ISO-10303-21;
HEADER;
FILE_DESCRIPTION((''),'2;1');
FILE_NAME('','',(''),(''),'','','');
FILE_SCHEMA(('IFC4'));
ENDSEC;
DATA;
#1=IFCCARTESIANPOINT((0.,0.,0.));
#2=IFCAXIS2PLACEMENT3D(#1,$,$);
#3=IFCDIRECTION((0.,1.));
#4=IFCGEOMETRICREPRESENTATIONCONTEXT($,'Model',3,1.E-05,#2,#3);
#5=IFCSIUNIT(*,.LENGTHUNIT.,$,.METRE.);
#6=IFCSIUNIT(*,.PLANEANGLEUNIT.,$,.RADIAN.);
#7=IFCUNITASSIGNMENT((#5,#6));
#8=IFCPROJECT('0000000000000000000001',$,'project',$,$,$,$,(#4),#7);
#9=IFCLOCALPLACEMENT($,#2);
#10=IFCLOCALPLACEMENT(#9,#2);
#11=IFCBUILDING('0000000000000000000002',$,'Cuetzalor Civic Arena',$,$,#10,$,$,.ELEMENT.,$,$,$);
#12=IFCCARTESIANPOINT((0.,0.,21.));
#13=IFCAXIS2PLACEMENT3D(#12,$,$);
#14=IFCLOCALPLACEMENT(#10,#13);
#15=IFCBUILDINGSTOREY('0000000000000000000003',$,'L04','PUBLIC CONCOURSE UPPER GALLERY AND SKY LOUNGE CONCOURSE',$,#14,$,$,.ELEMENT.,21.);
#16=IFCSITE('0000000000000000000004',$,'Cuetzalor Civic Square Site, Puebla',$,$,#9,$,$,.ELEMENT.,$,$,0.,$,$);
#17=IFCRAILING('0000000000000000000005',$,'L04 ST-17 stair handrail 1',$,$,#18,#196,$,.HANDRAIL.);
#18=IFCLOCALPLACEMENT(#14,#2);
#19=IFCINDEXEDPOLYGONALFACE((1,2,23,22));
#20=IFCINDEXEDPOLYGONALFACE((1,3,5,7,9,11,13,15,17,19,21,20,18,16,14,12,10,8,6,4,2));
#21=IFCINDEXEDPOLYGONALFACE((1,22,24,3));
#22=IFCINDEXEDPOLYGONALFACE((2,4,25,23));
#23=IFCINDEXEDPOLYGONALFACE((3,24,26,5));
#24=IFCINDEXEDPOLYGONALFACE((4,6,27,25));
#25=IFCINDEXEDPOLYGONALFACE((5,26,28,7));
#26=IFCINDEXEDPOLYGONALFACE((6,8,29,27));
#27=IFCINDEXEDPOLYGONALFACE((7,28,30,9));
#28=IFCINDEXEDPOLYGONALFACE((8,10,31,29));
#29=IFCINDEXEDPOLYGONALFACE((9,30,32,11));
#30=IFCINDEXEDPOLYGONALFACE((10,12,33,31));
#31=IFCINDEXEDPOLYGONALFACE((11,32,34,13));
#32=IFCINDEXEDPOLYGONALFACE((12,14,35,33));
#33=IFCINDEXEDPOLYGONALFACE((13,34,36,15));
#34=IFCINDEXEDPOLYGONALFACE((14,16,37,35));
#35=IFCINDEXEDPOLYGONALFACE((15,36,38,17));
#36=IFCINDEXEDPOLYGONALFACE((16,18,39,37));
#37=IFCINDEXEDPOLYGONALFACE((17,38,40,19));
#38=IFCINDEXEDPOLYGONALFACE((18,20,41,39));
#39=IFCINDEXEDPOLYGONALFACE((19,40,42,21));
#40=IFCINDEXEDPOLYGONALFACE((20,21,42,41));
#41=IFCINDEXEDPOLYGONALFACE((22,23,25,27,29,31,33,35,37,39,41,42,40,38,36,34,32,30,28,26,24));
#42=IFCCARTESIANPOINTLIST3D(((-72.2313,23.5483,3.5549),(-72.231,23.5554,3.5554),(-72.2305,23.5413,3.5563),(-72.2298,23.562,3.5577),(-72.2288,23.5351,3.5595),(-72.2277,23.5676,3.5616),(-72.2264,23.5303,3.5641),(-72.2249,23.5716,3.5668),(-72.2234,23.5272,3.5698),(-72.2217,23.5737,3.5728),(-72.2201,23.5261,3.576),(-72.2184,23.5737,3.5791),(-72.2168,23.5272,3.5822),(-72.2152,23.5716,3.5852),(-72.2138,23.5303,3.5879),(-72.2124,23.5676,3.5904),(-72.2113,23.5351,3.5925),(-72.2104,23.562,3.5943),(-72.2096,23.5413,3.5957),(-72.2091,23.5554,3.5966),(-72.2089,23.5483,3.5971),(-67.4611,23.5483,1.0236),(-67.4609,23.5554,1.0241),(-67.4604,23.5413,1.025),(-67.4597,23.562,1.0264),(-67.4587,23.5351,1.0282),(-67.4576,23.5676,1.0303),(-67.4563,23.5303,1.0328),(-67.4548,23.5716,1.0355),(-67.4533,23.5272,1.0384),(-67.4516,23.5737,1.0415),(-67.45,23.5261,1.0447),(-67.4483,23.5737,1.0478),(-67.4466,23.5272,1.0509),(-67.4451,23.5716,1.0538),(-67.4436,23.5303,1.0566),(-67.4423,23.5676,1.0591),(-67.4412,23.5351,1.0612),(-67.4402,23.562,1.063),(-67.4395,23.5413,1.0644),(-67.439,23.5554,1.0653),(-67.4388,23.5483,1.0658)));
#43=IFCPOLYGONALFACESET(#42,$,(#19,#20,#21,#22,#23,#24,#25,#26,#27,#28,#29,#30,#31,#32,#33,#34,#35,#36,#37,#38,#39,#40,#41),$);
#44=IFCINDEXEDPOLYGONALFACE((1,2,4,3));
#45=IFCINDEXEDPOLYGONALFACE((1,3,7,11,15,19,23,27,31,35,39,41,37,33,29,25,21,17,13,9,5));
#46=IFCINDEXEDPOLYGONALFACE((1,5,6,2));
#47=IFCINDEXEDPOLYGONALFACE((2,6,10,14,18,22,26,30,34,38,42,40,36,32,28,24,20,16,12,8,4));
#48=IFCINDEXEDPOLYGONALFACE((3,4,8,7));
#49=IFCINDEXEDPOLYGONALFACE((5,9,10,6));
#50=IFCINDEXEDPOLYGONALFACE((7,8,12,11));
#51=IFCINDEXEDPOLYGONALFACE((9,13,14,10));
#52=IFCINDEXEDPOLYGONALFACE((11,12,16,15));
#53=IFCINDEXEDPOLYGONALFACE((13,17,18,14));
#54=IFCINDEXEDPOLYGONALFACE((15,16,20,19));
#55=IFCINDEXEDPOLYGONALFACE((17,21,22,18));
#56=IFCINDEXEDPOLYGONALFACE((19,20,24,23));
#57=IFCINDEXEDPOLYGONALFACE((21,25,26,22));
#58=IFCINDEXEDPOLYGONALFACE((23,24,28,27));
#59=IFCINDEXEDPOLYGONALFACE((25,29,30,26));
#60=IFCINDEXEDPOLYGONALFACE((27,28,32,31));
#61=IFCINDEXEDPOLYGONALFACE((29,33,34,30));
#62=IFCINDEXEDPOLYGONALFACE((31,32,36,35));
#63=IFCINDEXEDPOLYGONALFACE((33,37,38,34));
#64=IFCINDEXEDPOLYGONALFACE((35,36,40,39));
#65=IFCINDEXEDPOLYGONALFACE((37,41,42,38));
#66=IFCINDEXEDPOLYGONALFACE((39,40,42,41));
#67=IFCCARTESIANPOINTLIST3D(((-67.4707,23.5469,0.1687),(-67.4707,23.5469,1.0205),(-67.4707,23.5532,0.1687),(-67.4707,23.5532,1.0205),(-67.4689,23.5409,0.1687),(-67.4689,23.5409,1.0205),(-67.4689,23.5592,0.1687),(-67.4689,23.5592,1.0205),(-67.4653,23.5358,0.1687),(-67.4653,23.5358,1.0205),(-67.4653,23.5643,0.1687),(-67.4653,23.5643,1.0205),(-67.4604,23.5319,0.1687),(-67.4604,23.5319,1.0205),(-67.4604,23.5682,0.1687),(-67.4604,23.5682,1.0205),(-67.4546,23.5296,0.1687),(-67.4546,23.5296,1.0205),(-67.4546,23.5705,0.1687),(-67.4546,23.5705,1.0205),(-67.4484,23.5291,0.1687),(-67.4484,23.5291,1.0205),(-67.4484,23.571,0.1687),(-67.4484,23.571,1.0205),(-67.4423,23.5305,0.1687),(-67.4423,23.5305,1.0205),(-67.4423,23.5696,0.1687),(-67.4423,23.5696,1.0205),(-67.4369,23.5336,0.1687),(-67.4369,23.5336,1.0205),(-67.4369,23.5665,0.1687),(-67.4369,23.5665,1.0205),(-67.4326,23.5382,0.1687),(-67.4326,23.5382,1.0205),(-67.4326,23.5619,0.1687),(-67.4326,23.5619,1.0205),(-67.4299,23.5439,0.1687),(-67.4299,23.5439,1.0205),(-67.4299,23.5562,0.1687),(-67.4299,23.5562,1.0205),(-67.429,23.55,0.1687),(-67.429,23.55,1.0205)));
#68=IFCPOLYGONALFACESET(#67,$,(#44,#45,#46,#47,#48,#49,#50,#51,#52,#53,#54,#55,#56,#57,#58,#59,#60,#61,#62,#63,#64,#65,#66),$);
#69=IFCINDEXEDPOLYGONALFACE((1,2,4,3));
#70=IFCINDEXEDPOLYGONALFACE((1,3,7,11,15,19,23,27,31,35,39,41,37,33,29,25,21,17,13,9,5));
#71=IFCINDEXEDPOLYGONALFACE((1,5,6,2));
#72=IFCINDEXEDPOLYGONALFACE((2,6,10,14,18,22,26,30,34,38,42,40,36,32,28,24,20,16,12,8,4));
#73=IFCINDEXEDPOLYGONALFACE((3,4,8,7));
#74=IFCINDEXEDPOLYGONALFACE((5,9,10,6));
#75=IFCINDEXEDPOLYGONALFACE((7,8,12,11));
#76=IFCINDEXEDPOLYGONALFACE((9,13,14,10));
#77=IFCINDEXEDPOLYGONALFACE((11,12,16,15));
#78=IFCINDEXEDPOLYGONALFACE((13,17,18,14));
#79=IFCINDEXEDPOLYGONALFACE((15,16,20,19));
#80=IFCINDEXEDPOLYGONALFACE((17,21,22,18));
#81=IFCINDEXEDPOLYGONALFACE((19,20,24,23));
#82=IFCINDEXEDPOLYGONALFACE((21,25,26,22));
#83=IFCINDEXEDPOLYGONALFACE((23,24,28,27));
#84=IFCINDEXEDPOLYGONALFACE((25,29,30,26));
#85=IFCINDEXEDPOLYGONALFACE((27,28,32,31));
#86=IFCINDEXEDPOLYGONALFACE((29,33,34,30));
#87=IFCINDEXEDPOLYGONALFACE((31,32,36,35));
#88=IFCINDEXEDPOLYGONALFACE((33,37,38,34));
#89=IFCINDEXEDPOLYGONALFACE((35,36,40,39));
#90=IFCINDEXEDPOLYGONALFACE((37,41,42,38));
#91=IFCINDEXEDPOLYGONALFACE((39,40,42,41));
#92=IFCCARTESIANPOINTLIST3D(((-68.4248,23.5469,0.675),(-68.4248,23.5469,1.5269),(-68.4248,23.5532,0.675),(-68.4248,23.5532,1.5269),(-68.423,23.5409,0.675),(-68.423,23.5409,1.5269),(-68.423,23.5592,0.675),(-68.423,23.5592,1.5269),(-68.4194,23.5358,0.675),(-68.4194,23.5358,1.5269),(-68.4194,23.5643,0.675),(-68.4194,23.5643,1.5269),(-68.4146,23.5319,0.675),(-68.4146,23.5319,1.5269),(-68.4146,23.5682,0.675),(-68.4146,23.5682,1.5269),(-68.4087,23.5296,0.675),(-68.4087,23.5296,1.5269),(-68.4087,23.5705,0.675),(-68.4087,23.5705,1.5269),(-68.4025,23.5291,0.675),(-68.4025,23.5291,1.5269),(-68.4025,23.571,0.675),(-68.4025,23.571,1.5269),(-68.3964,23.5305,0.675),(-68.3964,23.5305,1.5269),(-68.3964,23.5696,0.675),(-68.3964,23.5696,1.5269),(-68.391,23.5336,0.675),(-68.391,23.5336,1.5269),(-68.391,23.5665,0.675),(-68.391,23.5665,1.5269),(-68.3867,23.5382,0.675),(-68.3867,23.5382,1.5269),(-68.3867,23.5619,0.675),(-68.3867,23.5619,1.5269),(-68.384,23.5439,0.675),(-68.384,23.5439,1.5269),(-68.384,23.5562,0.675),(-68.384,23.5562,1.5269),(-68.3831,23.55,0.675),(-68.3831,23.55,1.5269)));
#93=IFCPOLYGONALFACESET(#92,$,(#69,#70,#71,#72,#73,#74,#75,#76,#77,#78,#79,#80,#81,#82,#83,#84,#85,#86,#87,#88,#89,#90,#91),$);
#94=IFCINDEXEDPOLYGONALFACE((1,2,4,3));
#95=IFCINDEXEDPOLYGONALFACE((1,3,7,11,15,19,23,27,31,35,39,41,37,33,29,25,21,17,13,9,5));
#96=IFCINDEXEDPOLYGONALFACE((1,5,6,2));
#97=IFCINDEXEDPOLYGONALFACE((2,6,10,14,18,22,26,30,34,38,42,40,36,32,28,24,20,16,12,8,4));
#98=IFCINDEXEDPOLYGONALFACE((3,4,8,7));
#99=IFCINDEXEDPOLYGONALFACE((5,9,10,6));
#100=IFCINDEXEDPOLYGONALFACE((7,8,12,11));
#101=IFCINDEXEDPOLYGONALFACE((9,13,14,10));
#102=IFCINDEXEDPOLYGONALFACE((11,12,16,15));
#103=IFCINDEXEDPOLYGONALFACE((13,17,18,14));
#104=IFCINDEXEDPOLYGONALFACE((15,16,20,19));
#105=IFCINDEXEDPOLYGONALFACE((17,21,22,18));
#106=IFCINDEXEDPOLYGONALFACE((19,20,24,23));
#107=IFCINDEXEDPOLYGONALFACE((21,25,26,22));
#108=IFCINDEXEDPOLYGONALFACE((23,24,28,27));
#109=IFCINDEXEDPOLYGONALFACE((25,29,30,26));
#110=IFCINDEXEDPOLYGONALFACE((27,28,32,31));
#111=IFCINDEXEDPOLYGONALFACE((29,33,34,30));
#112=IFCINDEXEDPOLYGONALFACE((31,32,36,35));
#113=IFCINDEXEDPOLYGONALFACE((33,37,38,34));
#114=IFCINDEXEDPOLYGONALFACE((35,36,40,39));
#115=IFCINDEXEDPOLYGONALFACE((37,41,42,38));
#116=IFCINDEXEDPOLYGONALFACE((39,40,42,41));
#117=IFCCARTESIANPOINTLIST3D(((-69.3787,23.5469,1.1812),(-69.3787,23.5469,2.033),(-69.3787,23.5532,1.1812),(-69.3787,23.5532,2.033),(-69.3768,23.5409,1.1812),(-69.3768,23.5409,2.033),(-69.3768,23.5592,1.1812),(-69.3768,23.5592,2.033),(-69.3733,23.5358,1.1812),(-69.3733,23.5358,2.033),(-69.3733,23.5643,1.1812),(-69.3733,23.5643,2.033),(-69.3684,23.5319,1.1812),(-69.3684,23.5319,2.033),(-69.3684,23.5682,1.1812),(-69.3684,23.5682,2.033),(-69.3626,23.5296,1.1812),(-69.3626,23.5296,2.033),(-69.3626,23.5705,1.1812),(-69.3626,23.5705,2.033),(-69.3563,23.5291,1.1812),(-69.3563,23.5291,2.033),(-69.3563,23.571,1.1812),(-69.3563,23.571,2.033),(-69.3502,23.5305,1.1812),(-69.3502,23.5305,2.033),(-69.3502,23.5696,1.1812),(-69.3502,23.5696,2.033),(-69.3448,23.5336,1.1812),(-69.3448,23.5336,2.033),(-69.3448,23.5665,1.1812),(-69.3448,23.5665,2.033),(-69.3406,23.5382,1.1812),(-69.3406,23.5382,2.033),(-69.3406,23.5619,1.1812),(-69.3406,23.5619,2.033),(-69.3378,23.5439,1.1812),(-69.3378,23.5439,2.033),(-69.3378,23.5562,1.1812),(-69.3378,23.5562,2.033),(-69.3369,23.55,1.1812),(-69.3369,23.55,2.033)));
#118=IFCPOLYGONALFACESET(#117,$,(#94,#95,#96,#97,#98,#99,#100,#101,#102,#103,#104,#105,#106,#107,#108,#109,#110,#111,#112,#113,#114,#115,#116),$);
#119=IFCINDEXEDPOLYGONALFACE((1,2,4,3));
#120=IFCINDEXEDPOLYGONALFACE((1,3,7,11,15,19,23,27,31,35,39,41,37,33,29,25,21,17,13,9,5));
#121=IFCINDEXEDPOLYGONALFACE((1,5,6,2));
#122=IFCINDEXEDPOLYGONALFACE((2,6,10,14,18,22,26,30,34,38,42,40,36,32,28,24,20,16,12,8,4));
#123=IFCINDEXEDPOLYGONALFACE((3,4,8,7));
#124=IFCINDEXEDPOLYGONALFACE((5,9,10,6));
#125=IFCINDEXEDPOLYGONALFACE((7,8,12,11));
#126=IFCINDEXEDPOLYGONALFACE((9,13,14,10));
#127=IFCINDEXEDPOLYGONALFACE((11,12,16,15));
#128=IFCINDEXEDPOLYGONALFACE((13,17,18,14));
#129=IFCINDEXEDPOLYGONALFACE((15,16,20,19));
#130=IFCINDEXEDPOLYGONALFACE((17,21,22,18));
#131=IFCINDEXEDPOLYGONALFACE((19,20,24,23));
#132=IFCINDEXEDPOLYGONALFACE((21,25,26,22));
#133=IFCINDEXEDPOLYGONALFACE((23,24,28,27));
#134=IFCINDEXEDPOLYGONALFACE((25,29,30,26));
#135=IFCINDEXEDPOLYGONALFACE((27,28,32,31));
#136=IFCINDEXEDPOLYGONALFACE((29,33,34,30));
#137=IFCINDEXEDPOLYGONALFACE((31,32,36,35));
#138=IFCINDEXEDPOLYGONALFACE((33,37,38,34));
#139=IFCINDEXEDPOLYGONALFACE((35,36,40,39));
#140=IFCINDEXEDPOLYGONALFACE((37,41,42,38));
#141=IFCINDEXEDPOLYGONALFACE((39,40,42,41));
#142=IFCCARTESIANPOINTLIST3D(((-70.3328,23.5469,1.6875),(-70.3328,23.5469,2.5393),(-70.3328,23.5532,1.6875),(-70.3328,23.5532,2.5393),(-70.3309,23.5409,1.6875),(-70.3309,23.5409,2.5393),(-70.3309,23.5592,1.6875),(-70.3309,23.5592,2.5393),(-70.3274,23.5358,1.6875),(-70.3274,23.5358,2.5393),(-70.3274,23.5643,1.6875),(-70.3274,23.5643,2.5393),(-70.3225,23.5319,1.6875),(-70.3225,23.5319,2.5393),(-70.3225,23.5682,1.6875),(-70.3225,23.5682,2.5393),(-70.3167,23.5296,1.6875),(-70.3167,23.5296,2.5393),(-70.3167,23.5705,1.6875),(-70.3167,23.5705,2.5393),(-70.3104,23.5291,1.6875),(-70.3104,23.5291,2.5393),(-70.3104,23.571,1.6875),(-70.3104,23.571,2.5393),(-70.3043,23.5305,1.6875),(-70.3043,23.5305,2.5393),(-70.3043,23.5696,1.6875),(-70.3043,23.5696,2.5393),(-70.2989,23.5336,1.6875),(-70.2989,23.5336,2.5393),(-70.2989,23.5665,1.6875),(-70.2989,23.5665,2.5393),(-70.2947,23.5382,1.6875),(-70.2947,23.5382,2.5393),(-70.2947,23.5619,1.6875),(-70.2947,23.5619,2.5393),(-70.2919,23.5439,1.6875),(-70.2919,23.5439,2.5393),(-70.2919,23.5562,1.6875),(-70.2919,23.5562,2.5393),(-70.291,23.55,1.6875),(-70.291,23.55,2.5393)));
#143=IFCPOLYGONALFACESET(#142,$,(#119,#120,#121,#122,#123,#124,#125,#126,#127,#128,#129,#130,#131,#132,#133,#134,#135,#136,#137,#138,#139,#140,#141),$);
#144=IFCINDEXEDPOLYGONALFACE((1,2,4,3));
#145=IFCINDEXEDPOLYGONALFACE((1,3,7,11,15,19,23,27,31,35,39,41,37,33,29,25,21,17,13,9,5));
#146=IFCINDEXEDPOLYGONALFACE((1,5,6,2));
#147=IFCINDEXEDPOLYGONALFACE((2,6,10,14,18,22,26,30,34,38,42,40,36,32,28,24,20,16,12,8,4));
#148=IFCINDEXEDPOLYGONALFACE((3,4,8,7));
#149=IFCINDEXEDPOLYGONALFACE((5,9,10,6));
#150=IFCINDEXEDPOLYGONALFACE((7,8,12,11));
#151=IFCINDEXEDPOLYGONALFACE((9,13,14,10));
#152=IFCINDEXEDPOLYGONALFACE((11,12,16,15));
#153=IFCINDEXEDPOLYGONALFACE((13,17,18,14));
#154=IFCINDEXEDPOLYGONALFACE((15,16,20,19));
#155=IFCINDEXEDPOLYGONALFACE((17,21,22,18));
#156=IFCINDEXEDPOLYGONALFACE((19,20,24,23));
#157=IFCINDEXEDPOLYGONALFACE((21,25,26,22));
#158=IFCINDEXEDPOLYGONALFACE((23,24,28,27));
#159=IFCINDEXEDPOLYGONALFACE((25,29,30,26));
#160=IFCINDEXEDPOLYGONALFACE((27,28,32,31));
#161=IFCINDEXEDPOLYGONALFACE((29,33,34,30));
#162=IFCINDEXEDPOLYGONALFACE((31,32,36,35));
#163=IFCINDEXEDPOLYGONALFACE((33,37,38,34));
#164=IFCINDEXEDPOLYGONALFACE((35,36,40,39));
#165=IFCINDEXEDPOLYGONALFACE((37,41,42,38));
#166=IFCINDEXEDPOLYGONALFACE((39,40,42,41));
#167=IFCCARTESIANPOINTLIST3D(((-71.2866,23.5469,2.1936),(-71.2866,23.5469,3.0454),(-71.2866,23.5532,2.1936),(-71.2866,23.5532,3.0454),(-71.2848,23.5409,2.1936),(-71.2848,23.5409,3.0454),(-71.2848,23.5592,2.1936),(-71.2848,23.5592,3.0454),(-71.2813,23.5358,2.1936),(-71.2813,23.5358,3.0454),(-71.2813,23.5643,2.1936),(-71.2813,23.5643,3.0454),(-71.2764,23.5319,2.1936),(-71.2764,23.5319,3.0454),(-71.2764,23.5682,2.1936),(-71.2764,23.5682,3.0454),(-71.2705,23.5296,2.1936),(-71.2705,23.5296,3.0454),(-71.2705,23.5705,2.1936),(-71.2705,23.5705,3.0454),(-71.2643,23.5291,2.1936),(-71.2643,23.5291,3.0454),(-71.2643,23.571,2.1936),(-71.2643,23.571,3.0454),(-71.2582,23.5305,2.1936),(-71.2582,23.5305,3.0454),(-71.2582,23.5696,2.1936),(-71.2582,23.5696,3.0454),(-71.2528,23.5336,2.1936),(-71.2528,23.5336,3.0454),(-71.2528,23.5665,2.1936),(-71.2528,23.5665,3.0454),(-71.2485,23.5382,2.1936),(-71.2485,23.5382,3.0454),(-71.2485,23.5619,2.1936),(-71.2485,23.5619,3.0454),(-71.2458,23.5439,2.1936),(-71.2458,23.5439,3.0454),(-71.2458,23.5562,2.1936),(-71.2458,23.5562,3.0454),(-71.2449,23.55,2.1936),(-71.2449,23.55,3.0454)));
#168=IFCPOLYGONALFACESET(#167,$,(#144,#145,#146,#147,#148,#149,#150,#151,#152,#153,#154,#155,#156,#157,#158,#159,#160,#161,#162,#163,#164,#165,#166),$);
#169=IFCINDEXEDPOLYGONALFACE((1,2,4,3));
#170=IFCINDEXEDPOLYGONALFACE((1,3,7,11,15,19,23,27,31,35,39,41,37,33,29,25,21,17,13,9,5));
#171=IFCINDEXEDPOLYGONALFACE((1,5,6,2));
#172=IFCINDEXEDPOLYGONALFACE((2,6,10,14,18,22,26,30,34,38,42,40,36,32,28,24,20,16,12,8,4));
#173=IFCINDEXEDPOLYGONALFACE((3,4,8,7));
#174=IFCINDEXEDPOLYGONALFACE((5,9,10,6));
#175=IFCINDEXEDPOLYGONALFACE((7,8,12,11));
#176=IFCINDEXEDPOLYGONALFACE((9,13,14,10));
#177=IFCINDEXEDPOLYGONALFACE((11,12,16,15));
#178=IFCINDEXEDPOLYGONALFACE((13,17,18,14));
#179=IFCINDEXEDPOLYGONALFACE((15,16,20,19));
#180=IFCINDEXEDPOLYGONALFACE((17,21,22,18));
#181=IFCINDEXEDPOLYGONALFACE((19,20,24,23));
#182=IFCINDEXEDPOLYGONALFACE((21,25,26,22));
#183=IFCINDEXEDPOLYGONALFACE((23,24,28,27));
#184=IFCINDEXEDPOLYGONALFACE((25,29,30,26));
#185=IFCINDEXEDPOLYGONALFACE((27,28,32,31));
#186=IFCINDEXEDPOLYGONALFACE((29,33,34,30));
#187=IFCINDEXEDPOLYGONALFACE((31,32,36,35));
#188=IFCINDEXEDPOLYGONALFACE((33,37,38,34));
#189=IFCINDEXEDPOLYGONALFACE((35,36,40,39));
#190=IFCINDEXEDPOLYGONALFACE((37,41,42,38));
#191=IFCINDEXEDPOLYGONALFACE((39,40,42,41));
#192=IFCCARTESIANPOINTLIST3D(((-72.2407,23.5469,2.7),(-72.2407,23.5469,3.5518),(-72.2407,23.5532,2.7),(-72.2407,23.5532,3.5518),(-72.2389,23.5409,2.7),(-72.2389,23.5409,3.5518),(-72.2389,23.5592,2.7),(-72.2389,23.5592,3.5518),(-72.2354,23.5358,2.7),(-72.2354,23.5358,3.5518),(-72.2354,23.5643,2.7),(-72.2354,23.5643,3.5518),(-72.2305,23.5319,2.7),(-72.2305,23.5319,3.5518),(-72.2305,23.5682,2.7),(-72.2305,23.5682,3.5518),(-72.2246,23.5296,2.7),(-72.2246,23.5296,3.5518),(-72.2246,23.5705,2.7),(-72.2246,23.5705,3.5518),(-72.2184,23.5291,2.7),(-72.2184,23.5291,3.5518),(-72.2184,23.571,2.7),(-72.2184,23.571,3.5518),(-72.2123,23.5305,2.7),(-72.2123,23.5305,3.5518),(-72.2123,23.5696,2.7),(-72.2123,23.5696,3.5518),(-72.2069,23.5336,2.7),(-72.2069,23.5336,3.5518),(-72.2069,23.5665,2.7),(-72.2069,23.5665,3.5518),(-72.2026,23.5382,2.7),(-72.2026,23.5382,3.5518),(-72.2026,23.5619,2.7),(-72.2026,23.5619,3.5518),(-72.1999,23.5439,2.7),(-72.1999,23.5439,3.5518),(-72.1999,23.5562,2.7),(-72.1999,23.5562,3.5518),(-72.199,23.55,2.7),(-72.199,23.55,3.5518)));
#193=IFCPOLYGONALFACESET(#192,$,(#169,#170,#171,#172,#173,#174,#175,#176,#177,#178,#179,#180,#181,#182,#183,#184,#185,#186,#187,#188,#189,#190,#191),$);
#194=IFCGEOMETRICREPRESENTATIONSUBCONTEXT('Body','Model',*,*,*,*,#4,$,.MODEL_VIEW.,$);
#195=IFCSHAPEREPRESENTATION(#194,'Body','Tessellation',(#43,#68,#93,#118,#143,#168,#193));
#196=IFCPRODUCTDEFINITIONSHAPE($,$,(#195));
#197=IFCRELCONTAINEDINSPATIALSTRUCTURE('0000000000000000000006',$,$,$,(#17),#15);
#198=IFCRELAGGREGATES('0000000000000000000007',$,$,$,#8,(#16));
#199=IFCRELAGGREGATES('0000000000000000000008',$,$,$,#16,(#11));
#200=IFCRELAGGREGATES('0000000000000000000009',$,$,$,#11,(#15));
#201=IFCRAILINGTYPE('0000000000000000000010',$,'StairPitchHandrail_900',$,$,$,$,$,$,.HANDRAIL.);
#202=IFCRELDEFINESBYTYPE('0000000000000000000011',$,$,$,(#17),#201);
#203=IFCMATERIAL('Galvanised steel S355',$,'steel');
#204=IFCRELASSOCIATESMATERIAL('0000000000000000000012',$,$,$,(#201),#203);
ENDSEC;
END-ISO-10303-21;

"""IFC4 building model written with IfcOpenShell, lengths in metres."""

from ifc_helpers import new_model, si_unit, direction, frame, origin, origin_2d, place, context, subcontext, project, spatial, circle, extrude, material, type_object, element, save


model = new_model("IFC4")

# Units and contexts
model_context = context("Model", 3, precision=1e-05, world=origin(), true_north=direction((0.0, 1.0)))
body_context = subcontext(model_context, "Body", "Model", "MODEL_VIEW")
ifc_project = project(units=[si_unit("LENGTHUNIT", "METRE"), si_unit("PLANEANGLEUNIT", "RADIAN")], contexts=[model_context])

# Site, building, storey
site_placement = place(None, origin())
site = spatial("IfcSite", under=ifc_project, at=site_placement, Name="Cuetzalor Civic Square Site, Puebla", CompositionType="ELEMENT", RefElevation=0.0)
building_placement = place(site_placement, origin())
building = spatial("IfcBuilding", under=site, at=building_placement, Name="Cuetzalor Civic Arena", CompositionType="ELEMENT")
storey_placement = place(building_placement, frame((0.0, 0.0, 21.0)))
storey = spatial("IfcBuildingStorey", under=building, at=storey_placement, Name="L04", Description="PUBLIC CONCOURSE UPPER GALLERY AND SKY LOUNGE CONCOURSE", CompositionType="ELEMENT", Elevation=21.0)

# Railing
ifc_material_1 = material(Name="Galvanised steel S355", Category="steel")
railing_type_1 = type_object("IfcRailingType", Name="StairPitchHandrail_900", PredefinedType="HANDRAIL", material=ifc_material_1)
railing_1_placement = place(storey_placement, frame((-67.45, 23.55, 0.1687)))
element("IfcRailing", 1, at=railing_1_placement, inside=storey, type_object=railing_type_1, Name="L04 ST-17 stair handrail 1", PredefinedType="HANDRAIL", context=body_context, shape_type="SweptSolid", body=[
    extrude(circle(Radius=0.0239, at=origin_2d()), frame((0.0, 0.0, 0.876), z_axis=(-0.883332, 0.0, 0.468747), x_axis=(0.0, -1.0, 0.0)), (0.0, 0.0, 1.0), 5.4001),
    extrude(circle(Radius=0.021, at=origin_2d()), origin(), (0.0, 0.0, 1.0), 0.8518),
    extrude(circle(Radius=0.021, at=origin_2d()), frame((-0.9541, 0.0, 0.5063)), (0.0, 0.0, 1.0), 0.8518),
    extrude(circle(Radius=0.021, at=origin_2d()), frame((-1.908, 0.0, 1.0125)), (0.0, 0.0, 1.0), 0.8518),
    extrude(circle(Radius=0.021, at=origin_2d()), frame((-2.8621, 0.0, 1.5188)), (0.0, 0.0, 1.0), 0.8518),
    extrude(circle(Radius=0.021, at=origin_2d()), frame((-3.8159, 0.0, 2.0249)), (0.0, 0.0, 1.0), 0.8518),
    extrude(circle(Radius=0.021, at=origin_2d()), frame((-4.77, 0.0, 2.5312)), (0.0, 0.0, 1.0), 0.8518),
])

save(model, "model.ifc")
